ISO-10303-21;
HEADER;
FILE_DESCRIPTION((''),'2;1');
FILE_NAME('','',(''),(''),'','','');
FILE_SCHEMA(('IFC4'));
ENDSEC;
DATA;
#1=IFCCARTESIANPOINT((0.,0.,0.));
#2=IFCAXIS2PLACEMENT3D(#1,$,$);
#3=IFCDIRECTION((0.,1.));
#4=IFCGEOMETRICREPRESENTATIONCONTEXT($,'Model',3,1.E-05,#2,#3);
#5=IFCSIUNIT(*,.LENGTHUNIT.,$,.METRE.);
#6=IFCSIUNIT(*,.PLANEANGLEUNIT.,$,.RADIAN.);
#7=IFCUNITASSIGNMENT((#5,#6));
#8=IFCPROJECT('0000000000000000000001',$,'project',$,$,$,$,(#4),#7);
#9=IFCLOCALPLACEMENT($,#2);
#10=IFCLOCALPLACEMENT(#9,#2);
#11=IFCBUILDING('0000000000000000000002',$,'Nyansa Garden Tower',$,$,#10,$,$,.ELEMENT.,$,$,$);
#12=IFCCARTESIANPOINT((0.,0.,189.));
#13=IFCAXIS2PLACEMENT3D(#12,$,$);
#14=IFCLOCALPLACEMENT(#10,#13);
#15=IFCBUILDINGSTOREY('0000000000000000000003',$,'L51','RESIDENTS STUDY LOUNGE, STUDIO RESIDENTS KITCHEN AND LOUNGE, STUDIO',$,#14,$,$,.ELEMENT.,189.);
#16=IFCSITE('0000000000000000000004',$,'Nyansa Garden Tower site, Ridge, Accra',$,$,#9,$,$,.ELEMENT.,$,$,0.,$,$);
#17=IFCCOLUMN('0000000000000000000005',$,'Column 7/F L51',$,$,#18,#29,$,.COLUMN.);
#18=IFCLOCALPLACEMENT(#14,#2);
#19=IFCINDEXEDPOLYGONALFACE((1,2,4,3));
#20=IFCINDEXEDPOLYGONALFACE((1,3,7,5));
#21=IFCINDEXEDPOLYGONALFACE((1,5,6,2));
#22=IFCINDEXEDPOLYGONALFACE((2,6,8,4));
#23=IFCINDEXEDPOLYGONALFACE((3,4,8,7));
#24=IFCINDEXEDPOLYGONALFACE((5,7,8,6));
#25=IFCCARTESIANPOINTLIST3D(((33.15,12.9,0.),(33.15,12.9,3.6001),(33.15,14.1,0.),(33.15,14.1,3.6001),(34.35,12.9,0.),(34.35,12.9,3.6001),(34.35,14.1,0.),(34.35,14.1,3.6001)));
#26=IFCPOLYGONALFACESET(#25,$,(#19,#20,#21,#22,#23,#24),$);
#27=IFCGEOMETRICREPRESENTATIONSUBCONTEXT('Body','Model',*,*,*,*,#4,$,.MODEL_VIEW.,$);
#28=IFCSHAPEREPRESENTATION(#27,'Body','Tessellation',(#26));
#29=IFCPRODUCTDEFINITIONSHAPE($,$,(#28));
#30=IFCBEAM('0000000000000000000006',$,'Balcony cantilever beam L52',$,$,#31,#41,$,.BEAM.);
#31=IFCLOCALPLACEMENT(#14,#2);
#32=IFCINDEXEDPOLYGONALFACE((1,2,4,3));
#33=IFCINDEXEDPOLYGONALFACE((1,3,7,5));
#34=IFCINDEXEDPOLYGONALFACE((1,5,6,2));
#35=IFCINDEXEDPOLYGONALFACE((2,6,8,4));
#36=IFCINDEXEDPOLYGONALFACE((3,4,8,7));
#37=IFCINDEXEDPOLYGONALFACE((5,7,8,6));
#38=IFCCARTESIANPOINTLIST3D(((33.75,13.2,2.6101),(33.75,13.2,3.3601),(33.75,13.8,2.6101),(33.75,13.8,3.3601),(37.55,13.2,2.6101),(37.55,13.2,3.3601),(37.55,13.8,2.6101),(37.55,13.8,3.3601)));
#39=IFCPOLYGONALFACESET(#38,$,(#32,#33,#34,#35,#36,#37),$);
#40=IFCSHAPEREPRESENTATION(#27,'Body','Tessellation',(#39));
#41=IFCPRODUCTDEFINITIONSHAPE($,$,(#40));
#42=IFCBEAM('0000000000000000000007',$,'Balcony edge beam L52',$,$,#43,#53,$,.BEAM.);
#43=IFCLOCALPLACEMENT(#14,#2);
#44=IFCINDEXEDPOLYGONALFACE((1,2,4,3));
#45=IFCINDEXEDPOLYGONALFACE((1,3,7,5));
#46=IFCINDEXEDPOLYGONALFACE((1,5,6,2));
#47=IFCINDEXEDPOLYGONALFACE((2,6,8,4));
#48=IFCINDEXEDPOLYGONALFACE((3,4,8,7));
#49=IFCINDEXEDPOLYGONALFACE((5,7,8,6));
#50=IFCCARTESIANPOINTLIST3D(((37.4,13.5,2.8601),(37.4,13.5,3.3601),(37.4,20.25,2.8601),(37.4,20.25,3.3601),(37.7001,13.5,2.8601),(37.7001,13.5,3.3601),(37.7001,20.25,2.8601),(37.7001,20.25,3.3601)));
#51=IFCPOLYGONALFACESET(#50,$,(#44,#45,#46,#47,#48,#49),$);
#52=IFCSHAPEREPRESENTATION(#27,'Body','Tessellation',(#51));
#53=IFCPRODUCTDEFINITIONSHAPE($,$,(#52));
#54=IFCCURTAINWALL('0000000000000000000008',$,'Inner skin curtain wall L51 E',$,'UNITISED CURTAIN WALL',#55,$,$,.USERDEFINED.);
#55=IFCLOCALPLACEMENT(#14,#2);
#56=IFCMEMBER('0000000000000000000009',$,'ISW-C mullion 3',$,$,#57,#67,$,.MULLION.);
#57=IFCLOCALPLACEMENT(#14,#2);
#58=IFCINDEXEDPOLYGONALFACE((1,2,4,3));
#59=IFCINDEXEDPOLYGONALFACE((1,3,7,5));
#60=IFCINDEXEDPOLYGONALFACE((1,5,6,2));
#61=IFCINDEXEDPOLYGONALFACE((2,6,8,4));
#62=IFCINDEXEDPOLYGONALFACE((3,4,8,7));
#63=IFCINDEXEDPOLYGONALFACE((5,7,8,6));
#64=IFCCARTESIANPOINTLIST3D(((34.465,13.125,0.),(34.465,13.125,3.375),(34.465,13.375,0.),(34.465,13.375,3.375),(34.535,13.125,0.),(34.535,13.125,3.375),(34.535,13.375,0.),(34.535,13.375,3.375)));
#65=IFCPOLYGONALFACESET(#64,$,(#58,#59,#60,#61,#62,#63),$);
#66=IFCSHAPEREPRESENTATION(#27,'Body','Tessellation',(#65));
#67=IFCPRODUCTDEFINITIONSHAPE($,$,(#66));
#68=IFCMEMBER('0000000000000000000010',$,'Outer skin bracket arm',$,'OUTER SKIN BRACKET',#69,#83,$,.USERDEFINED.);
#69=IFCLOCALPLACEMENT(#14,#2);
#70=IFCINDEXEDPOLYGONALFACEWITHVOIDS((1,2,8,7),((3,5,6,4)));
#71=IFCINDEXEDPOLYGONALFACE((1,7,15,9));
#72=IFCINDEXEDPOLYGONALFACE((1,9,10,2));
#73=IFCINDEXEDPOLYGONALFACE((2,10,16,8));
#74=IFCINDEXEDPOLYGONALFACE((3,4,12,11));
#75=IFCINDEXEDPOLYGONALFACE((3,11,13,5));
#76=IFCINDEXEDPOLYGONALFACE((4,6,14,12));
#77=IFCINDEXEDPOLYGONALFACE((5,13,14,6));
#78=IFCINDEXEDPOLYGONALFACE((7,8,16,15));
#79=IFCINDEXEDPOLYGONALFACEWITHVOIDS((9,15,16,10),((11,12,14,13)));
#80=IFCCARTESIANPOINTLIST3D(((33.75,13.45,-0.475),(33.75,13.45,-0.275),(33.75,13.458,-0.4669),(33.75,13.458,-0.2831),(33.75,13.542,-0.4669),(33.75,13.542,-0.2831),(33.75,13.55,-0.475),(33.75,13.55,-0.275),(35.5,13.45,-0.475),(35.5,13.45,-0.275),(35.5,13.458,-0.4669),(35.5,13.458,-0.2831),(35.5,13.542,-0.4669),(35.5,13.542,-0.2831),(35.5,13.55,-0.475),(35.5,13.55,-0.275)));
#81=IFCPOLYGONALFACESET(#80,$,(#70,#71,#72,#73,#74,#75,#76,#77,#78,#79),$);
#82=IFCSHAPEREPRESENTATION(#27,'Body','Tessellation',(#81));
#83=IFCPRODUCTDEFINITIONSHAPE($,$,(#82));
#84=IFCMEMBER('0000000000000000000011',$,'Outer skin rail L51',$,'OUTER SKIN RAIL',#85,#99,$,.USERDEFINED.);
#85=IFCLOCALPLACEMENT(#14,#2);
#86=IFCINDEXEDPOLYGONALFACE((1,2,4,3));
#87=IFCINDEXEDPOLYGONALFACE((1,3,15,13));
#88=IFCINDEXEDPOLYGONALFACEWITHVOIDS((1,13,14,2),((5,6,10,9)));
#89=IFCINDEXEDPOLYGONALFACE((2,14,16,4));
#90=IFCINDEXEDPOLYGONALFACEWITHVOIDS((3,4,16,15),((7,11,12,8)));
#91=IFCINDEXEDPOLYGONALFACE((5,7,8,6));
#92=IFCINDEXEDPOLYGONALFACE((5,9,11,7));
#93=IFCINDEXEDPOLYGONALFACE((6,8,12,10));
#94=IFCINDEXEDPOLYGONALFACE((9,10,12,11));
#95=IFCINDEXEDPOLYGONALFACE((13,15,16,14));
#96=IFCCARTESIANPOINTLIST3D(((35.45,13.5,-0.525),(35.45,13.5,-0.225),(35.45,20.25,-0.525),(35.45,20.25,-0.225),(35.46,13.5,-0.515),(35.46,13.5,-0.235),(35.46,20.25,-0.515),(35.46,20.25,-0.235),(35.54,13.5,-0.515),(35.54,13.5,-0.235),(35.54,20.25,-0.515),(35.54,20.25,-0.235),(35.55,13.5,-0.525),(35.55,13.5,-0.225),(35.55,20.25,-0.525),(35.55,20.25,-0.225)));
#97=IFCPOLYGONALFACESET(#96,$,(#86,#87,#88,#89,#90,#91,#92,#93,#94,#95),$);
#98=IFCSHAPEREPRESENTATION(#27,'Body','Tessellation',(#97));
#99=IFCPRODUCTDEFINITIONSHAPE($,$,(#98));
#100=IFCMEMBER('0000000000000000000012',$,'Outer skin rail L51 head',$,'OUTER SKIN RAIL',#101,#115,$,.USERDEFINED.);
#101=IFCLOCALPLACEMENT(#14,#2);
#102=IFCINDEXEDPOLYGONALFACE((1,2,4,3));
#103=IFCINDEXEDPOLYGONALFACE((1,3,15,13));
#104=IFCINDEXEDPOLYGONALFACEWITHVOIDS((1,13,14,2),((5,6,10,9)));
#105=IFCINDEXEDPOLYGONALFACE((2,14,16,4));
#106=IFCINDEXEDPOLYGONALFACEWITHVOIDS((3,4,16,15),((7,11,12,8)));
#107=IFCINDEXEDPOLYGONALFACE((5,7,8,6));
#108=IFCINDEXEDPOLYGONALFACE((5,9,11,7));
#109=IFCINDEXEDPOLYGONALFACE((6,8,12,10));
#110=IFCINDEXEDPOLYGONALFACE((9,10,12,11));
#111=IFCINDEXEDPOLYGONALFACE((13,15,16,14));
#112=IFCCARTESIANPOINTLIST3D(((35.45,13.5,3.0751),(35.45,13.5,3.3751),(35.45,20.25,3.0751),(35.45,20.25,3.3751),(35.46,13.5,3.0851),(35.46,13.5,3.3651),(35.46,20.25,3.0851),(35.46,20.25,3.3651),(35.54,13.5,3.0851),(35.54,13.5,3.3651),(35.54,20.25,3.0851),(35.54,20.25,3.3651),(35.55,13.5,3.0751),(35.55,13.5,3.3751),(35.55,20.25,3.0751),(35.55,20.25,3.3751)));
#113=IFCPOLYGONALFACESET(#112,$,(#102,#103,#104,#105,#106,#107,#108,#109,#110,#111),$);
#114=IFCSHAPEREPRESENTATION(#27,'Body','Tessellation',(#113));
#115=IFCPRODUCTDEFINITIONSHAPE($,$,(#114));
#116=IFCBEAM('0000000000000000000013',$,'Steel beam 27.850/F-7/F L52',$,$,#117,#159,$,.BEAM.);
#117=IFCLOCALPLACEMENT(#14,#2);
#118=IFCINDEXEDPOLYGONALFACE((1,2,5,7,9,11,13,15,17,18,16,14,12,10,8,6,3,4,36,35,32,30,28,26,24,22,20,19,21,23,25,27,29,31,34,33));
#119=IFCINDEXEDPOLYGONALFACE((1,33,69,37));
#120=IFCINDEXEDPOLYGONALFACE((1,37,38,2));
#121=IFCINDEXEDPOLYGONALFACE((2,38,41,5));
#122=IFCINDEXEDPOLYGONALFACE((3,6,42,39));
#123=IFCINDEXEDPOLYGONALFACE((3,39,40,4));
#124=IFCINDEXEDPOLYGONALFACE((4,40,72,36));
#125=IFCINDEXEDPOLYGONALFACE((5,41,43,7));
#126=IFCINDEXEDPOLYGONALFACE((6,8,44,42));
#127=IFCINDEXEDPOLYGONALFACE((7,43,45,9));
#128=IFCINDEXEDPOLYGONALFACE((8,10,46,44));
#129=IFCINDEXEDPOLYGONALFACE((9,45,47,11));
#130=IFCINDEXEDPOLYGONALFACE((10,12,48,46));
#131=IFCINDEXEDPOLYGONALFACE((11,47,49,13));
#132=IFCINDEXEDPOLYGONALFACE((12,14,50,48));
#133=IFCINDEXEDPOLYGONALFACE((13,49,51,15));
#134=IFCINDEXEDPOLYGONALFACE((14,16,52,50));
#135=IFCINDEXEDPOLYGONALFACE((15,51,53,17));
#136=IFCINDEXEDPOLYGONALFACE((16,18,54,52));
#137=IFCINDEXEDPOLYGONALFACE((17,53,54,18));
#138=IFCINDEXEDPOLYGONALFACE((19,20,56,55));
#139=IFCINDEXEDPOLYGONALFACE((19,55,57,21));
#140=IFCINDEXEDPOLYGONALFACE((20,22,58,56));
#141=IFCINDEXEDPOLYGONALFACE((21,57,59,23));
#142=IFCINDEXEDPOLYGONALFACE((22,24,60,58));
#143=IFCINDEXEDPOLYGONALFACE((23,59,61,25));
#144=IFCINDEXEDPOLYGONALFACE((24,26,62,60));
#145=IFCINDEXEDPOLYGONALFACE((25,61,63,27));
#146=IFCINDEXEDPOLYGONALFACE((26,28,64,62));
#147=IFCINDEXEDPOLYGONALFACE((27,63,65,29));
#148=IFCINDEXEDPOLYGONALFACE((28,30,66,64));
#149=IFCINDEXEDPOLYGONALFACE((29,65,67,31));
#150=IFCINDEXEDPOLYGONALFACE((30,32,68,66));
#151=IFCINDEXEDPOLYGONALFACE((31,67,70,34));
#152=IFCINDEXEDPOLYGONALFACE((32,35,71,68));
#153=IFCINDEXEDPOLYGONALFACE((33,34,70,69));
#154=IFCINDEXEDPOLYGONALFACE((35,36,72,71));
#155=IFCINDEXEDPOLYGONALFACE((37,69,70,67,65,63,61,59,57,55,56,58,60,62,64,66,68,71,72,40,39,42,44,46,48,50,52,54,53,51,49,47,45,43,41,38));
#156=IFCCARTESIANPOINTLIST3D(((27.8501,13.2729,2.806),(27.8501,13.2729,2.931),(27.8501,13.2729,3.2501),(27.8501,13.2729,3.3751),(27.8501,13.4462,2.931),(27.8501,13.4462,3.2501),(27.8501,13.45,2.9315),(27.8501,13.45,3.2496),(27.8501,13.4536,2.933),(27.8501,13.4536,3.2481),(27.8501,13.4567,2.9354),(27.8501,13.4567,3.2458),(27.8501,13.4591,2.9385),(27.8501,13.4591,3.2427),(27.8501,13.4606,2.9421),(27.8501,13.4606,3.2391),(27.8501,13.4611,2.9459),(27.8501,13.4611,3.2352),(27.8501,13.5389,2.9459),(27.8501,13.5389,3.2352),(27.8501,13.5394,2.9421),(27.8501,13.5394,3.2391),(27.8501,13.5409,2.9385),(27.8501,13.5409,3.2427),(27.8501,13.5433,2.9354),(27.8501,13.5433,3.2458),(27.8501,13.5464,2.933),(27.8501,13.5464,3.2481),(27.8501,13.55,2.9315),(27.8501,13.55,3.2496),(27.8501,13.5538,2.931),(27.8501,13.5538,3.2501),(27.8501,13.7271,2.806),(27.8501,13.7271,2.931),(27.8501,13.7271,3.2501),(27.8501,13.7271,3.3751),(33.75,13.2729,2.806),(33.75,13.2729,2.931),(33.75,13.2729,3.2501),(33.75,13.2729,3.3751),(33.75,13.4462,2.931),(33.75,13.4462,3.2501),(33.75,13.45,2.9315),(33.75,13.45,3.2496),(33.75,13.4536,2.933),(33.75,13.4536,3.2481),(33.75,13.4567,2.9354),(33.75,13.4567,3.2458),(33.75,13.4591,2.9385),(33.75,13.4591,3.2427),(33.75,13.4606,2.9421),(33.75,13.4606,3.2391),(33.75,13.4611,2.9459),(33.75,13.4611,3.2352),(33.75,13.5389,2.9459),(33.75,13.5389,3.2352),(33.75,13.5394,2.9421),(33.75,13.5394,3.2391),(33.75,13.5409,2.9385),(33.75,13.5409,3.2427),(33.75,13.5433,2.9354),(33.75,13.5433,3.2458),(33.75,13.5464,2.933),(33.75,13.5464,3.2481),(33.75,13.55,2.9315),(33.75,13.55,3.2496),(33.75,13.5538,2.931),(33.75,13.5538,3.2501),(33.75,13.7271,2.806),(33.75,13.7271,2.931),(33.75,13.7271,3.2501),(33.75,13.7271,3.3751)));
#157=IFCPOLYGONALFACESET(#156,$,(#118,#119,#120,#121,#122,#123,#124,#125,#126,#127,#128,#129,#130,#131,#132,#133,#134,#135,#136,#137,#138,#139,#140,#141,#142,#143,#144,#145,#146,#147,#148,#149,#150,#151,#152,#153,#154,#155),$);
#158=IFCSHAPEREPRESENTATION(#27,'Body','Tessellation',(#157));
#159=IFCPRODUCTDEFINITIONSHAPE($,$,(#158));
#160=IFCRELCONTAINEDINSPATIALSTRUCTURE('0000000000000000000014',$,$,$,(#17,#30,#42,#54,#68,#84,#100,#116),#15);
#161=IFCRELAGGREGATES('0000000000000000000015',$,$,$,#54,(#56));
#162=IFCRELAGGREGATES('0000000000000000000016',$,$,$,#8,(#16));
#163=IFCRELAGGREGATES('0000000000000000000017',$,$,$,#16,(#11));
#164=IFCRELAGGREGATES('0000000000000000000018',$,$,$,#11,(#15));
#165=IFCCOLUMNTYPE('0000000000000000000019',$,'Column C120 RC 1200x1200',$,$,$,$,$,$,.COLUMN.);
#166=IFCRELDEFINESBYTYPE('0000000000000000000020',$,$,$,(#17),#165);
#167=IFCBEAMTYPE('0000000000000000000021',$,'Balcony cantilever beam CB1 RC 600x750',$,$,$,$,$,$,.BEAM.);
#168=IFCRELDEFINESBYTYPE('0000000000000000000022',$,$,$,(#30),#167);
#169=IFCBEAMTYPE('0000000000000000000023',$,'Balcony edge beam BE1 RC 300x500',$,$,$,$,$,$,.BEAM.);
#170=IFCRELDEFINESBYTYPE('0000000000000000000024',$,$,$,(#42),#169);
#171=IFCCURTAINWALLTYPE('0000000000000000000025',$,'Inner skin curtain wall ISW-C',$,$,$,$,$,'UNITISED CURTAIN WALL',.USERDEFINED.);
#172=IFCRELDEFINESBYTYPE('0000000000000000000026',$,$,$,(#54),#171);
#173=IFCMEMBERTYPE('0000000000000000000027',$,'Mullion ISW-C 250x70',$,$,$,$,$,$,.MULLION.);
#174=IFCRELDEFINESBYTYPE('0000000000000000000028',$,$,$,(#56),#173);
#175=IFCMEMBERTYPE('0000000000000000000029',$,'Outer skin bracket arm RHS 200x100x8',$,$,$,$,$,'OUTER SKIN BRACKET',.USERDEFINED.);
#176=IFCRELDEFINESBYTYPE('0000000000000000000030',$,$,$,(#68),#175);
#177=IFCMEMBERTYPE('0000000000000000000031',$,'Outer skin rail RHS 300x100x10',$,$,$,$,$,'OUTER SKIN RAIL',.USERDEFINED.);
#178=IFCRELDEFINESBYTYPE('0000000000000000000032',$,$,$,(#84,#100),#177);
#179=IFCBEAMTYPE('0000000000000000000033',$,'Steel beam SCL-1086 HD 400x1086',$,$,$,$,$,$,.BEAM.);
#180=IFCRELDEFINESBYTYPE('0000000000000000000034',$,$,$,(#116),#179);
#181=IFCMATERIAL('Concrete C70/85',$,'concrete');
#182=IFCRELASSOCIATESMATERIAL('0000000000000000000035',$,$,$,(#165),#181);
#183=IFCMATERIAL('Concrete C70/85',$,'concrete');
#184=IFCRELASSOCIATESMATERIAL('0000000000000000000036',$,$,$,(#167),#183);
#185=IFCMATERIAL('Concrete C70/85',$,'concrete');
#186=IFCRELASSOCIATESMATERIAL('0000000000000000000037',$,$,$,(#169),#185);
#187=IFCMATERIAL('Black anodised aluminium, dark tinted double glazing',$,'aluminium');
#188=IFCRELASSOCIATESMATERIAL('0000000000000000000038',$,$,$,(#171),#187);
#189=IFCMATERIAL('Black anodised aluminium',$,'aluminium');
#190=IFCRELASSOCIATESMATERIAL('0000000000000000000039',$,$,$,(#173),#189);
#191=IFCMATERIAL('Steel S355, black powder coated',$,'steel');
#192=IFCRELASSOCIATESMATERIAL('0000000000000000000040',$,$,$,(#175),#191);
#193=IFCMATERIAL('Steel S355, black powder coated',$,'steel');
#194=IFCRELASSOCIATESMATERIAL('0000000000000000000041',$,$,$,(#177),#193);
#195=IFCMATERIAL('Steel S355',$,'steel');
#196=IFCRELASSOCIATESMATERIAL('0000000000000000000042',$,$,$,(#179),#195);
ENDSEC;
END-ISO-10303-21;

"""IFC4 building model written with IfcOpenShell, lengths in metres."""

from ifc_helpers import new_model, si_unit, direction, frame, origin, origin_2d, place, context, subcontext, project, spatial, rectangle, hollow_rectangle, i_section, extrude, material, material_profile, profile_set, type_object, element, aggregate, save


model = new_model("IFC4")

# Units and contexts
model_context = context("Model", 3, precision=1e-05, world=origin(), true_north=direction((0.0, 1.0)))
body_context = subcontext(model_context, "Body", "Model", "MODEL_VIEW")
ifc_project = project(units=[si_unit("LENGTHUNIT", "METRE"), si_unit("PLANEANGLEUNIT", "RADIAN")], contexts=[model_context])

# Site, building, storey
site_placement = place(None, origin())
site = spatial("IfcSite", under=ifc_project, at=site_placement, Name="Nyansa Garden Tower site, Ridge, Accra", CompositionType="ELEMENT", RefElevation=0.0)
building_placement = place(site_placement, origin())
building = spatial("IfcBuilding", under=site, at=building_placement, Name="Nyansa Garden Tower", CompositionType="ELEMENT")
storey_placement = place(building_placement, frame((0.0, 0.0, 189.0)))
storey = spatial("IfcBuildingStorey", under=building, at=storey_placement, Name="L51", Description="RESIDENTS STUDY LOUNGE, STUDIO RESIDENTS KITCHEN AND LOUNGE, STUDIO", CompositionType="ELEMENT", Elevation=189.0)

# Column
ifc_material_1 = material(Name="Concrete C70/85", Category="concrete")
ifc_material_profile_1 = material_profile(ifc_material_1, rectangle(XDim=1.2, YDim=1.2, at=origin_2d()), Name="RC 1200x1200")
ifc_profile_set_1 = profile_set([ifc_material_profile_1], Name="Concrete C70/85")
column_type = type_object("IfcColumnType", Name="Column C120 RC 1200x1200", PredefinedType="COLUMN", material=ifc_profile_set_1)
column_placement = place(storey_placement, frame((33.75, 13.5, 0.0), z_axis=(0.0, 0.0, 1.0), x_axis=(1.0, 0.0, 0.0)))
element("IfcColumn", 1, at=column_placement, inside=storey, type_object=column_type, Name="Column 7/F L51", PredefinedType="COLUMN", context=body_context, shape_type="SweptSolid", body=[
    extrude(rectangle(XDim=1.2, YDim=1.2, at=origin_2d()), origin(), (0.0, 0.0, 1.0), 3.6001),
])

# Beams
ifc_material_2 = material(Name="Concrete C70/85", Category="concrete")
ifc_material_profile_2 = material_profile(ifc_material_2, rectangle(XDim=0.6001, YDim=0.75, at=origin_2d()), Name="RC 600x750")
ifc_profile_set_2 = profile_set([ifc_material_profile_2], Name="Concrete C70/85")
beam_type_1 = type_object("IfcBeamType", Name="Balcony cantilever beam CB1 RC 600x750", PredefinedType="BEAM", material=ifc_profile_set_2)
beam_1_placement = place(storey_placement, frame((33.75, 13.5, 2.9851), z_axis=(1.0, 0.0, 0.0), x_axis=(0.0, 1.0, 0.0)))
element("IfcBeam", 2, at=beam_1_placement, inside=storey, type_object=beam_type_1, Name="Balcony cantilever beam L52", PredefinedType="BEAM", context=body_context, shape_type="SweptSolid", body=[
    extrude(rectangle(XDim=0.6001, YDim=0.75, at=origin_2d()), origin(), (0.0, 0.0, 1.0), 3.8),
])
ifc_material_3 = material(Name="Concrete C70/85", Category="concrete")
ifc_material_profile_3 = material_profile(ifc_material_3, rectangle(XDim=0.3, YDim=0.5, at=origin_2d()), Name="RC 300x500")
ifc_profile_set_3 = profile_set([ifc_material_profile_3], Name="Concrete C70/85")
beam_type_2 = type_object("IfcBeamType", Name="Balcony edge beam BE1 RC 300x500", PredefinedType="BEAM", material=ifc_profile_set_3)
beam_2_placement = place(storey_placement, frame((37.55, 13.5, 3.1101), z_axis=(0.0, 1.0, 0.0), x_axis=(-1.0, 0.0, 0.0)))
element("IfcBeam", 3, at=beam_2_placement, inside=storey, type_object=beam_type_2, Name="Balcony edge beam L52", PredefinedType="BEAM", context=body_context, shape_type="SweptSolid", body=[
    extrude(rectangle(XDim=0.3, YDim=0.5, at=origin_2d()), origin(), (0.0, 0.0, 1.0), 6.75),
])

# Curtain wall, member
ifc_material_4 = material(Name="Black anodised aluminium, dark tinted double glazing", Category="aluminium")
curtain_wall_type = type_object("IfcCurtainWallType", Name="Inner skin curtain wall ISW-C", ElementType="UNITISED CURTAIN WALL", PredefinedType="USERDEFINED", material=ifc_material_4)
curtain_wall_placement = place(storey_placement, origin())
curtain_wall = element("IfcCurtainWall", 4, at=curtain_wall_placement, inside=storey, type_object=curtain_wall_type, Name="Inner skin curtain wall L51 E", ObjectType="UNITISED CURTAIN WALL", PredefinedType="USERDEFINED")
ifc_material_5 = material(Name="Black anodised aluminium", Category="aluminium")
ifc_material_profile_4 = material_profile(ifc_material_5, rectangle(XDim=0.0701, YDim=0.25, at=origin_2d()), Name="Mullion 250x70")
ifc_profile_set_4 = profile_set([ifc_material_profile_4], Name="Black anodised aluminium")
member_type_1 = type_object("IfcMemberType", Name="Mullion ISW-C 250x70", PredefinedType="MULLION", material=ifc_profile_set_4)
member_1_placement = place(storey_placement, frame((34.5, 13.25, 0.0), z_axis=(0.0, 0.0, 1.0), x_axis=(-1.0, 0.0, 0.0)))
member_1 = element("IfcMember", 5, at=member_1_placement, type_object=member_type_1, Name="ISW-C mullion 3", PredefinedType="MULLION", context=body_context, shape_type="SweptSolid", body=[
    extrude(rectangle(XDim=0.0701, YDim=0.25, at=origin_2d()), origin(), (0.0, 0.0, 1.0), 3.375),
])

# Members
ifc_material_6 = material(Name="Steel S355, black powder coated", Category="steel")
ifc_material_profile_5 = material_profile(ifc_material_6, hollow_rectangle(XDim=0.1001, YDim=0.2, WallThickness=0.0081, at=origin_2d()), Name="RHS 200x100x8")
ifc_profile_set_5 = profile_set([ifc_material_profile_5], Name="Steel S355, black powder coated")
member_type_2 = type_object("IfcMemberType", Name="Outer skin bracket arm RHS 200x100x8", ElementType="OUTER SKIN BRACKET", PredefinedType="USERDEFINED", material=ifc_profile_set_5)
member_2_placement = place(storey_placement, frame((33.75, 13.5, -0.375), z_axis=(1.0, 0.0, 0.0), x_axis=(0.0, 1.0, 0.0)))
element("IfcMember", 6, at=member_2_placement, inside=storey, type_object=member_type_2, Name="Outer skin bracket arm", ObjectType="OUTER SKIN BRACKET", PredefinedType="USERDEFINED", context=body_context, shape_type="SweptSolid", body=[
    extrude(hollow_rectangle(XDim=0.1001, YDim=0.2, WallThickness=0.0081, at=origin_2d()), origin(), (0.0, 0.0, 1.0), 1.75),
])
ifc_material_7 = material(Name="Steel S355, black powder coated", Category="steel")
ifc_material_profile_6 = material_profile(ifc_material_7, hollow_rectangle(XDim=0.1001, YDim=0.3, WallThickness=0.01, at=origin_2d()), Name="RHS 300x100x10")
ifc_profile_set_6 = profile_set([ifc_material_profile_6], Name="Steel S355, black powder coated")
member_type_3 = type_object("IfcMemberType", Name="Outer skin rail RHS 300x100x10", ElementType="OUTER SKIN RAIL", PredefinedType="USERDEFINED", material=ifc_profile_set_6)
for number, where, z_axis, x_axis, name in (
    (7, (35.5, 13.5, -0.375), (0.0, 1.0, 0.0), (-1.0, 0.0, 0.0), "Outer skin rail L51"),
    (8, (35.5, 13.5, 3.2251), (0.0, 1.0, 0.0), (-1.0, 0.0, 0.0), "Outer skin rail L51 head"),
):
    element("IfcMember", number, at=place(storey_placement, frame(where, z_axis=z_axis, x_axis=x_axis)), inside=storey, type_object=member_type_3, Name=name, ObjectType="OUTER SKIN RAIL", PredefinedType="USERDEFINED", context=body_context, shape_type="SweptSolid", body=[
        extrude(hollow_rectangle(XDim=0.1001, YDim=0.3, WallThickness=0.01, at=origin_2d()), origin(), (0.0, 0.0, 1.0), 6.75),
    ])

# Beam
ifc_material_8 = material(Name="Steel S355", Category="steel")
ifc_material_profile_7 = material_profile(ifc_material_8, i_section(OverallWidth=0.4541, OverallDepth=0.5691, WebThickness=0.0779, FlangeThickness=0.125, FilletRadius=0.0149, at=origin_2d()), Name="HD 400x1086")
ifc_profile_set_7 = profile_set([ifc_material_profile_7], Name="Steel S355")
beam_type_3 = type_object("IfcBeamType", Name="Steel beam SCL-1086 HD 400x1086", PredefinedType="BEAM", material=ifc_profile_set_7)
beam_3_placement = place(storey_placement, frame((27.8501, 13.5, 3.0906), z_axis=(1.0, 0.0, 0.0), x_axis=(0.0, 1.0, 0.0)))
element("IfcBeam", 9, at=beam_3_placement, inside=storey, type_object=beam_type_3, Name="Steel beam 27.850/F-7/F L52", PredefinedType="BEAM", context=body_context, shape_type="SweptSolid", body=[
    extrude(i_section(OverallWidth=0.4541, OverallDepth=0.5691, WebThickness=0.0779, FlangeThickness=0.125, FilletRadius=0.0149, at=origin_2d()), origin(), (0.0, 0.0, 1.0), 5.8999),
])

aggregate(curtain_wall, [member_1])

save(model, "model.ifc")
